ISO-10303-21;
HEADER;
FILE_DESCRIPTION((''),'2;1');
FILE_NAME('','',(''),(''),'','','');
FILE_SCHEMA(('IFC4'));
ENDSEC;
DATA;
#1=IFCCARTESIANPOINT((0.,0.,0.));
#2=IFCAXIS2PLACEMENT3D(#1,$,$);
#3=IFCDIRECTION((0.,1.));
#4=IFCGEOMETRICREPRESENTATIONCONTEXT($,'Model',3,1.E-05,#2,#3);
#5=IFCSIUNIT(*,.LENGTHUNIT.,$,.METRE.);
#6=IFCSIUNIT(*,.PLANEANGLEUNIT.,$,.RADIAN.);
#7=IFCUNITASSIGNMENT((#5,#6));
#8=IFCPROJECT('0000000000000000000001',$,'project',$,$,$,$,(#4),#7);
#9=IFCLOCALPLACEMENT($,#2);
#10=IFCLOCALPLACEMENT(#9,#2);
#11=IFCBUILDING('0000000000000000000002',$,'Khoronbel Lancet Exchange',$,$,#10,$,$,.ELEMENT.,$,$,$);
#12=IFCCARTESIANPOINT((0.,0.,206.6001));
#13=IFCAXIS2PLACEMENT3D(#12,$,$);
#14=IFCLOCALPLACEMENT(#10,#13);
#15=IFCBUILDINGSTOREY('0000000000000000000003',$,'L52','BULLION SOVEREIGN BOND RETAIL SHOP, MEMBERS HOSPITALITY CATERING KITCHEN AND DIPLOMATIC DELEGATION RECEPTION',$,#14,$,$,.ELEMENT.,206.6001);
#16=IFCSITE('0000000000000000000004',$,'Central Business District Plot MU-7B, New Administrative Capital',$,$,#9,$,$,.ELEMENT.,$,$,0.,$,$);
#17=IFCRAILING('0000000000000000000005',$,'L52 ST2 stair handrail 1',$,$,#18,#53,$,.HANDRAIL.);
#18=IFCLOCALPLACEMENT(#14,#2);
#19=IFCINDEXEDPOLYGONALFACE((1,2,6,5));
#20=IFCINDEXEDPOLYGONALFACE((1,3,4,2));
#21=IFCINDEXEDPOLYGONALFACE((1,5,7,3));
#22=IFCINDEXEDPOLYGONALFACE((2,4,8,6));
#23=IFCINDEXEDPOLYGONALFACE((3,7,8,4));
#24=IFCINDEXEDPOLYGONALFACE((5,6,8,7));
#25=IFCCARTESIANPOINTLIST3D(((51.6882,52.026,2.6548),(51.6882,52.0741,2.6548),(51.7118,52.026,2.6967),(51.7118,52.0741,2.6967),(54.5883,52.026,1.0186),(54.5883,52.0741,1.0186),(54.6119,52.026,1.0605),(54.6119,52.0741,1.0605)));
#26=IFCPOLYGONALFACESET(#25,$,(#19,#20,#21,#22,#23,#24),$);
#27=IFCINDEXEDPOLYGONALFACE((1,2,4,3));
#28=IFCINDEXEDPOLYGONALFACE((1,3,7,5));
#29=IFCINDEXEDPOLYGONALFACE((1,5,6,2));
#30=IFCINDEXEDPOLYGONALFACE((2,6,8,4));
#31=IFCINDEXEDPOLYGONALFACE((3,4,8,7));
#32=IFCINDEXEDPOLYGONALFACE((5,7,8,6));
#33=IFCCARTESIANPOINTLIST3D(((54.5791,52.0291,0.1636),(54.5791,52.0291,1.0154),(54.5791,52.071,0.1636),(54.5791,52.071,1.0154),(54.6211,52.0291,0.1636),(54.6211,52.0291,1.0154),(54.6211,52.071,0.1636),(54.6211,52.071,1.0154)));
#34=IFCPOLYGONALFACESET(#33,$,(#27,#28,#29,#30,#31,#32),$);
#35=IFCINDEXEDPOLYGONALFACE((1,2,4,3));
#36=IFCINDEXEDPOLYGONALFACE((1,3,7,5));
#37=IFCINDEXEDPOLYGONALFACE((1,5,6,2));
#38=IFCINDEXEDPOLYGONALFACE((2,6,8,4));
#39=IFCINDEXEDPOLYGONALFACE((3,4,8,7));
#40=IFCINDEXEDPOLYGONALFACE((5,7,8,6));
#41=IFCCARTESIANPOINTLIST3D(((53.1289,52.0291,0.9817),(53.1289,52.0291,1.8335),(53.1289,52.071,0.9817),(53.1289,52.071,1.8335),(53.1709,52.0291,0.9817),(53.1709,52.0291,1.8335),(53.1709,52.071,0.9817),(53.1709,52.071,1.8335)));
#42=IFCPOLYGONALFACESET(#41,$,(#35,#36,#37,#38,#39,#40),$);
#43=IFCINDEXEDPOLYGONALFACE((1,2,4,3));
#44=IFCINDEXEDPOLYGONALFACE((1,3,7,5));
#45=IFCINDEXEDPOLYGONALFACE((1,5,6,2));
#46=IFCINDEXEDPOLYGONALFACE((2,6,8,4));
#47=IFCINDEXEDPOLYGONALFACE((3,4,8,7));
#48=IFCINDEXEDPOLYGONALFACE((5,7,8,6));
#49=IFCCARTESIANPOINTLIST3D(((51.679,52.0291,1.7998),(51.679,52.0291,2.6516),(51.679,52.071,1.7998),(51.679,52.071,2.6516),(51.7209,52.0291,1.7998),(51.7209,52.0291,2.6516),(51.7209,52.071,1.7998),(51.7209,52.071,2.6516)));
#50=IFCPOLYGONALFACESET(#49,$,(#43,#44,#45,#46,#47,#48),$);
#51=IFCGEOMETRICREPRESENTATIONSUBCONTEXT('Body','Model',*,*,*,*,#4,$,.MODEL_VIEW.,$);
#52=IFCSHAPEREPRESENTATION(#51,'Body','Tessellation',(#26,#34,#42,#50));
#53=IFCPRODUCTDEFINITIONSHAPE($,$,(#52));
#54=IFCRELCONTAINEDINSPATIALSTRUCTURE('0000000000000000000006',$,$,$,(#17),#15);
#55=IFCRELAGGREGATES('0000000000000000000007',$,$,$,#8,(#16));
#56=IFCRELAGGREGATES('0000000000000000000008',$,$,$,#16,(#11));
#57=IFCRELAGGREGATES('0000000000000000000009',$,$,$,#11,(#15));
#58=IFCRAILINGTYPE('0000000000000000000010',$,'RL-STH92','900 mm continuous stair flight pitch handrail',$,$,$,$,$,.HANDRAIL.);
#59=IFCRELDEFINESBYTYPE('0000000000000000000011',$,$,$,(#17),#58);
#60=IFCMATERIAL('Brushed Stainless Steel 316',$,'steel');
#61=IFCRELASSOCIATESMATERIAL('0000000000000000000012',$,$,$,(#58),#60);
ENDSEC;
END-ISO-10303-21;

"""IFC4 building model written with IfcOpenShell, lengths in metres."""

from ifc_helpers import new_model, si_unit, direction, frame, origin, origin_2d, place, context, subcontext, project, spatial, rectangle, extrude, material, type_object, element, save


model = new_model("IFC4")

# Units and contexts
model_context = context("Model", 3, precision=1e-05, world=origin(), true_north=direction((0.0, 1.0)))
body_context = subcontext(model_context, "Body", "Model", "MODEL_VIEW")
ifc_project = project(units=[si_unit("LENGTHUNIT", "METRE"), si_unit("PLANEANGLEUNIT", "RADIAN")], contexts=[model_context])

# Site, building, storey
site_placement = place(None, origin())
site = spatial("IfcSite", under=ifc_project, at=site_placement, Name="Central Business District Plot MU-7B, New Administrative Capital", CompositionType="ELEMENT", RefElevation=0.0)
building_placement = place(site_placement, origin())
building = spatial("IfcBuilding", under=site, at=building_placement, Name="Khoronbel Lancet Exchange", CompositionType="ELEMENT")
storey_placement = place(building_placement, frame((0.0, 0.0, 206.6001)))
storey = spatial("IfcBuildingStorey", under=building, at=storey_placement, Name="L52", Description="BULLION SOVEREIGN BOND RETAIL SHOP, MEMBERS HOSPITALITY CATERING KITCHEN AND DIPLOMATIC DELEGATION RECEPTION", CompositionType="ELEMENT", Elevation=206.6001)

# Railing
ifc_material_1 = material(Name="Brushed Stainless Steel 316", Category="steel")
railing_type_1 = type_object("IfcRailingType", Name="RL-STH92", Description="900 mm continuous stair flight pitch handrail", PredefinedType="HANDRAIL", material=ifc_material_1)
railing_1_placement = place(storey_placement, frame((54.6001, 52.05, 0.1636)))
element("IfcRailing", 1, at=railing_1_placement, inside=storey, type_object=railing_type_1, Name="L52 ST2 stair handrail 1", PredefinedType="HANDRAIL", context=body_context, shape_type="SweptSolid", body=[
    extrude(rectangle(XDim=0.0481, YDim=0.0481, at=origin_2d()), frame((0.0, 0.0, 0.876), z_axis=(-0.870946, 0.0, 0.491378), x_axis=(0.0, -1.0, 0.0)), (0.0, 0.0, 1.0), 3.3298),
    extrude(rectangle(XDim=0.042, YDim=0.042, at=origin_2d()), origin(), (0.0, 0.0, 1.0), 0.8518),
    extrude(rectangle(XDim=0.042, YDim=0.042, at=origin_2d()), frame((-1.4502, 0.0, 0.8181)), (0.0, 0.0, 1.0), 0.8518),
    extrude(rectangle(XDim=0.042, YDim=0.042, at=origin_2d()), frame((-2.9001, 0.0, 1.6362)), (0.0, 0.0, 1.0), 0.8518),
])

save(model, "model.ifc")
